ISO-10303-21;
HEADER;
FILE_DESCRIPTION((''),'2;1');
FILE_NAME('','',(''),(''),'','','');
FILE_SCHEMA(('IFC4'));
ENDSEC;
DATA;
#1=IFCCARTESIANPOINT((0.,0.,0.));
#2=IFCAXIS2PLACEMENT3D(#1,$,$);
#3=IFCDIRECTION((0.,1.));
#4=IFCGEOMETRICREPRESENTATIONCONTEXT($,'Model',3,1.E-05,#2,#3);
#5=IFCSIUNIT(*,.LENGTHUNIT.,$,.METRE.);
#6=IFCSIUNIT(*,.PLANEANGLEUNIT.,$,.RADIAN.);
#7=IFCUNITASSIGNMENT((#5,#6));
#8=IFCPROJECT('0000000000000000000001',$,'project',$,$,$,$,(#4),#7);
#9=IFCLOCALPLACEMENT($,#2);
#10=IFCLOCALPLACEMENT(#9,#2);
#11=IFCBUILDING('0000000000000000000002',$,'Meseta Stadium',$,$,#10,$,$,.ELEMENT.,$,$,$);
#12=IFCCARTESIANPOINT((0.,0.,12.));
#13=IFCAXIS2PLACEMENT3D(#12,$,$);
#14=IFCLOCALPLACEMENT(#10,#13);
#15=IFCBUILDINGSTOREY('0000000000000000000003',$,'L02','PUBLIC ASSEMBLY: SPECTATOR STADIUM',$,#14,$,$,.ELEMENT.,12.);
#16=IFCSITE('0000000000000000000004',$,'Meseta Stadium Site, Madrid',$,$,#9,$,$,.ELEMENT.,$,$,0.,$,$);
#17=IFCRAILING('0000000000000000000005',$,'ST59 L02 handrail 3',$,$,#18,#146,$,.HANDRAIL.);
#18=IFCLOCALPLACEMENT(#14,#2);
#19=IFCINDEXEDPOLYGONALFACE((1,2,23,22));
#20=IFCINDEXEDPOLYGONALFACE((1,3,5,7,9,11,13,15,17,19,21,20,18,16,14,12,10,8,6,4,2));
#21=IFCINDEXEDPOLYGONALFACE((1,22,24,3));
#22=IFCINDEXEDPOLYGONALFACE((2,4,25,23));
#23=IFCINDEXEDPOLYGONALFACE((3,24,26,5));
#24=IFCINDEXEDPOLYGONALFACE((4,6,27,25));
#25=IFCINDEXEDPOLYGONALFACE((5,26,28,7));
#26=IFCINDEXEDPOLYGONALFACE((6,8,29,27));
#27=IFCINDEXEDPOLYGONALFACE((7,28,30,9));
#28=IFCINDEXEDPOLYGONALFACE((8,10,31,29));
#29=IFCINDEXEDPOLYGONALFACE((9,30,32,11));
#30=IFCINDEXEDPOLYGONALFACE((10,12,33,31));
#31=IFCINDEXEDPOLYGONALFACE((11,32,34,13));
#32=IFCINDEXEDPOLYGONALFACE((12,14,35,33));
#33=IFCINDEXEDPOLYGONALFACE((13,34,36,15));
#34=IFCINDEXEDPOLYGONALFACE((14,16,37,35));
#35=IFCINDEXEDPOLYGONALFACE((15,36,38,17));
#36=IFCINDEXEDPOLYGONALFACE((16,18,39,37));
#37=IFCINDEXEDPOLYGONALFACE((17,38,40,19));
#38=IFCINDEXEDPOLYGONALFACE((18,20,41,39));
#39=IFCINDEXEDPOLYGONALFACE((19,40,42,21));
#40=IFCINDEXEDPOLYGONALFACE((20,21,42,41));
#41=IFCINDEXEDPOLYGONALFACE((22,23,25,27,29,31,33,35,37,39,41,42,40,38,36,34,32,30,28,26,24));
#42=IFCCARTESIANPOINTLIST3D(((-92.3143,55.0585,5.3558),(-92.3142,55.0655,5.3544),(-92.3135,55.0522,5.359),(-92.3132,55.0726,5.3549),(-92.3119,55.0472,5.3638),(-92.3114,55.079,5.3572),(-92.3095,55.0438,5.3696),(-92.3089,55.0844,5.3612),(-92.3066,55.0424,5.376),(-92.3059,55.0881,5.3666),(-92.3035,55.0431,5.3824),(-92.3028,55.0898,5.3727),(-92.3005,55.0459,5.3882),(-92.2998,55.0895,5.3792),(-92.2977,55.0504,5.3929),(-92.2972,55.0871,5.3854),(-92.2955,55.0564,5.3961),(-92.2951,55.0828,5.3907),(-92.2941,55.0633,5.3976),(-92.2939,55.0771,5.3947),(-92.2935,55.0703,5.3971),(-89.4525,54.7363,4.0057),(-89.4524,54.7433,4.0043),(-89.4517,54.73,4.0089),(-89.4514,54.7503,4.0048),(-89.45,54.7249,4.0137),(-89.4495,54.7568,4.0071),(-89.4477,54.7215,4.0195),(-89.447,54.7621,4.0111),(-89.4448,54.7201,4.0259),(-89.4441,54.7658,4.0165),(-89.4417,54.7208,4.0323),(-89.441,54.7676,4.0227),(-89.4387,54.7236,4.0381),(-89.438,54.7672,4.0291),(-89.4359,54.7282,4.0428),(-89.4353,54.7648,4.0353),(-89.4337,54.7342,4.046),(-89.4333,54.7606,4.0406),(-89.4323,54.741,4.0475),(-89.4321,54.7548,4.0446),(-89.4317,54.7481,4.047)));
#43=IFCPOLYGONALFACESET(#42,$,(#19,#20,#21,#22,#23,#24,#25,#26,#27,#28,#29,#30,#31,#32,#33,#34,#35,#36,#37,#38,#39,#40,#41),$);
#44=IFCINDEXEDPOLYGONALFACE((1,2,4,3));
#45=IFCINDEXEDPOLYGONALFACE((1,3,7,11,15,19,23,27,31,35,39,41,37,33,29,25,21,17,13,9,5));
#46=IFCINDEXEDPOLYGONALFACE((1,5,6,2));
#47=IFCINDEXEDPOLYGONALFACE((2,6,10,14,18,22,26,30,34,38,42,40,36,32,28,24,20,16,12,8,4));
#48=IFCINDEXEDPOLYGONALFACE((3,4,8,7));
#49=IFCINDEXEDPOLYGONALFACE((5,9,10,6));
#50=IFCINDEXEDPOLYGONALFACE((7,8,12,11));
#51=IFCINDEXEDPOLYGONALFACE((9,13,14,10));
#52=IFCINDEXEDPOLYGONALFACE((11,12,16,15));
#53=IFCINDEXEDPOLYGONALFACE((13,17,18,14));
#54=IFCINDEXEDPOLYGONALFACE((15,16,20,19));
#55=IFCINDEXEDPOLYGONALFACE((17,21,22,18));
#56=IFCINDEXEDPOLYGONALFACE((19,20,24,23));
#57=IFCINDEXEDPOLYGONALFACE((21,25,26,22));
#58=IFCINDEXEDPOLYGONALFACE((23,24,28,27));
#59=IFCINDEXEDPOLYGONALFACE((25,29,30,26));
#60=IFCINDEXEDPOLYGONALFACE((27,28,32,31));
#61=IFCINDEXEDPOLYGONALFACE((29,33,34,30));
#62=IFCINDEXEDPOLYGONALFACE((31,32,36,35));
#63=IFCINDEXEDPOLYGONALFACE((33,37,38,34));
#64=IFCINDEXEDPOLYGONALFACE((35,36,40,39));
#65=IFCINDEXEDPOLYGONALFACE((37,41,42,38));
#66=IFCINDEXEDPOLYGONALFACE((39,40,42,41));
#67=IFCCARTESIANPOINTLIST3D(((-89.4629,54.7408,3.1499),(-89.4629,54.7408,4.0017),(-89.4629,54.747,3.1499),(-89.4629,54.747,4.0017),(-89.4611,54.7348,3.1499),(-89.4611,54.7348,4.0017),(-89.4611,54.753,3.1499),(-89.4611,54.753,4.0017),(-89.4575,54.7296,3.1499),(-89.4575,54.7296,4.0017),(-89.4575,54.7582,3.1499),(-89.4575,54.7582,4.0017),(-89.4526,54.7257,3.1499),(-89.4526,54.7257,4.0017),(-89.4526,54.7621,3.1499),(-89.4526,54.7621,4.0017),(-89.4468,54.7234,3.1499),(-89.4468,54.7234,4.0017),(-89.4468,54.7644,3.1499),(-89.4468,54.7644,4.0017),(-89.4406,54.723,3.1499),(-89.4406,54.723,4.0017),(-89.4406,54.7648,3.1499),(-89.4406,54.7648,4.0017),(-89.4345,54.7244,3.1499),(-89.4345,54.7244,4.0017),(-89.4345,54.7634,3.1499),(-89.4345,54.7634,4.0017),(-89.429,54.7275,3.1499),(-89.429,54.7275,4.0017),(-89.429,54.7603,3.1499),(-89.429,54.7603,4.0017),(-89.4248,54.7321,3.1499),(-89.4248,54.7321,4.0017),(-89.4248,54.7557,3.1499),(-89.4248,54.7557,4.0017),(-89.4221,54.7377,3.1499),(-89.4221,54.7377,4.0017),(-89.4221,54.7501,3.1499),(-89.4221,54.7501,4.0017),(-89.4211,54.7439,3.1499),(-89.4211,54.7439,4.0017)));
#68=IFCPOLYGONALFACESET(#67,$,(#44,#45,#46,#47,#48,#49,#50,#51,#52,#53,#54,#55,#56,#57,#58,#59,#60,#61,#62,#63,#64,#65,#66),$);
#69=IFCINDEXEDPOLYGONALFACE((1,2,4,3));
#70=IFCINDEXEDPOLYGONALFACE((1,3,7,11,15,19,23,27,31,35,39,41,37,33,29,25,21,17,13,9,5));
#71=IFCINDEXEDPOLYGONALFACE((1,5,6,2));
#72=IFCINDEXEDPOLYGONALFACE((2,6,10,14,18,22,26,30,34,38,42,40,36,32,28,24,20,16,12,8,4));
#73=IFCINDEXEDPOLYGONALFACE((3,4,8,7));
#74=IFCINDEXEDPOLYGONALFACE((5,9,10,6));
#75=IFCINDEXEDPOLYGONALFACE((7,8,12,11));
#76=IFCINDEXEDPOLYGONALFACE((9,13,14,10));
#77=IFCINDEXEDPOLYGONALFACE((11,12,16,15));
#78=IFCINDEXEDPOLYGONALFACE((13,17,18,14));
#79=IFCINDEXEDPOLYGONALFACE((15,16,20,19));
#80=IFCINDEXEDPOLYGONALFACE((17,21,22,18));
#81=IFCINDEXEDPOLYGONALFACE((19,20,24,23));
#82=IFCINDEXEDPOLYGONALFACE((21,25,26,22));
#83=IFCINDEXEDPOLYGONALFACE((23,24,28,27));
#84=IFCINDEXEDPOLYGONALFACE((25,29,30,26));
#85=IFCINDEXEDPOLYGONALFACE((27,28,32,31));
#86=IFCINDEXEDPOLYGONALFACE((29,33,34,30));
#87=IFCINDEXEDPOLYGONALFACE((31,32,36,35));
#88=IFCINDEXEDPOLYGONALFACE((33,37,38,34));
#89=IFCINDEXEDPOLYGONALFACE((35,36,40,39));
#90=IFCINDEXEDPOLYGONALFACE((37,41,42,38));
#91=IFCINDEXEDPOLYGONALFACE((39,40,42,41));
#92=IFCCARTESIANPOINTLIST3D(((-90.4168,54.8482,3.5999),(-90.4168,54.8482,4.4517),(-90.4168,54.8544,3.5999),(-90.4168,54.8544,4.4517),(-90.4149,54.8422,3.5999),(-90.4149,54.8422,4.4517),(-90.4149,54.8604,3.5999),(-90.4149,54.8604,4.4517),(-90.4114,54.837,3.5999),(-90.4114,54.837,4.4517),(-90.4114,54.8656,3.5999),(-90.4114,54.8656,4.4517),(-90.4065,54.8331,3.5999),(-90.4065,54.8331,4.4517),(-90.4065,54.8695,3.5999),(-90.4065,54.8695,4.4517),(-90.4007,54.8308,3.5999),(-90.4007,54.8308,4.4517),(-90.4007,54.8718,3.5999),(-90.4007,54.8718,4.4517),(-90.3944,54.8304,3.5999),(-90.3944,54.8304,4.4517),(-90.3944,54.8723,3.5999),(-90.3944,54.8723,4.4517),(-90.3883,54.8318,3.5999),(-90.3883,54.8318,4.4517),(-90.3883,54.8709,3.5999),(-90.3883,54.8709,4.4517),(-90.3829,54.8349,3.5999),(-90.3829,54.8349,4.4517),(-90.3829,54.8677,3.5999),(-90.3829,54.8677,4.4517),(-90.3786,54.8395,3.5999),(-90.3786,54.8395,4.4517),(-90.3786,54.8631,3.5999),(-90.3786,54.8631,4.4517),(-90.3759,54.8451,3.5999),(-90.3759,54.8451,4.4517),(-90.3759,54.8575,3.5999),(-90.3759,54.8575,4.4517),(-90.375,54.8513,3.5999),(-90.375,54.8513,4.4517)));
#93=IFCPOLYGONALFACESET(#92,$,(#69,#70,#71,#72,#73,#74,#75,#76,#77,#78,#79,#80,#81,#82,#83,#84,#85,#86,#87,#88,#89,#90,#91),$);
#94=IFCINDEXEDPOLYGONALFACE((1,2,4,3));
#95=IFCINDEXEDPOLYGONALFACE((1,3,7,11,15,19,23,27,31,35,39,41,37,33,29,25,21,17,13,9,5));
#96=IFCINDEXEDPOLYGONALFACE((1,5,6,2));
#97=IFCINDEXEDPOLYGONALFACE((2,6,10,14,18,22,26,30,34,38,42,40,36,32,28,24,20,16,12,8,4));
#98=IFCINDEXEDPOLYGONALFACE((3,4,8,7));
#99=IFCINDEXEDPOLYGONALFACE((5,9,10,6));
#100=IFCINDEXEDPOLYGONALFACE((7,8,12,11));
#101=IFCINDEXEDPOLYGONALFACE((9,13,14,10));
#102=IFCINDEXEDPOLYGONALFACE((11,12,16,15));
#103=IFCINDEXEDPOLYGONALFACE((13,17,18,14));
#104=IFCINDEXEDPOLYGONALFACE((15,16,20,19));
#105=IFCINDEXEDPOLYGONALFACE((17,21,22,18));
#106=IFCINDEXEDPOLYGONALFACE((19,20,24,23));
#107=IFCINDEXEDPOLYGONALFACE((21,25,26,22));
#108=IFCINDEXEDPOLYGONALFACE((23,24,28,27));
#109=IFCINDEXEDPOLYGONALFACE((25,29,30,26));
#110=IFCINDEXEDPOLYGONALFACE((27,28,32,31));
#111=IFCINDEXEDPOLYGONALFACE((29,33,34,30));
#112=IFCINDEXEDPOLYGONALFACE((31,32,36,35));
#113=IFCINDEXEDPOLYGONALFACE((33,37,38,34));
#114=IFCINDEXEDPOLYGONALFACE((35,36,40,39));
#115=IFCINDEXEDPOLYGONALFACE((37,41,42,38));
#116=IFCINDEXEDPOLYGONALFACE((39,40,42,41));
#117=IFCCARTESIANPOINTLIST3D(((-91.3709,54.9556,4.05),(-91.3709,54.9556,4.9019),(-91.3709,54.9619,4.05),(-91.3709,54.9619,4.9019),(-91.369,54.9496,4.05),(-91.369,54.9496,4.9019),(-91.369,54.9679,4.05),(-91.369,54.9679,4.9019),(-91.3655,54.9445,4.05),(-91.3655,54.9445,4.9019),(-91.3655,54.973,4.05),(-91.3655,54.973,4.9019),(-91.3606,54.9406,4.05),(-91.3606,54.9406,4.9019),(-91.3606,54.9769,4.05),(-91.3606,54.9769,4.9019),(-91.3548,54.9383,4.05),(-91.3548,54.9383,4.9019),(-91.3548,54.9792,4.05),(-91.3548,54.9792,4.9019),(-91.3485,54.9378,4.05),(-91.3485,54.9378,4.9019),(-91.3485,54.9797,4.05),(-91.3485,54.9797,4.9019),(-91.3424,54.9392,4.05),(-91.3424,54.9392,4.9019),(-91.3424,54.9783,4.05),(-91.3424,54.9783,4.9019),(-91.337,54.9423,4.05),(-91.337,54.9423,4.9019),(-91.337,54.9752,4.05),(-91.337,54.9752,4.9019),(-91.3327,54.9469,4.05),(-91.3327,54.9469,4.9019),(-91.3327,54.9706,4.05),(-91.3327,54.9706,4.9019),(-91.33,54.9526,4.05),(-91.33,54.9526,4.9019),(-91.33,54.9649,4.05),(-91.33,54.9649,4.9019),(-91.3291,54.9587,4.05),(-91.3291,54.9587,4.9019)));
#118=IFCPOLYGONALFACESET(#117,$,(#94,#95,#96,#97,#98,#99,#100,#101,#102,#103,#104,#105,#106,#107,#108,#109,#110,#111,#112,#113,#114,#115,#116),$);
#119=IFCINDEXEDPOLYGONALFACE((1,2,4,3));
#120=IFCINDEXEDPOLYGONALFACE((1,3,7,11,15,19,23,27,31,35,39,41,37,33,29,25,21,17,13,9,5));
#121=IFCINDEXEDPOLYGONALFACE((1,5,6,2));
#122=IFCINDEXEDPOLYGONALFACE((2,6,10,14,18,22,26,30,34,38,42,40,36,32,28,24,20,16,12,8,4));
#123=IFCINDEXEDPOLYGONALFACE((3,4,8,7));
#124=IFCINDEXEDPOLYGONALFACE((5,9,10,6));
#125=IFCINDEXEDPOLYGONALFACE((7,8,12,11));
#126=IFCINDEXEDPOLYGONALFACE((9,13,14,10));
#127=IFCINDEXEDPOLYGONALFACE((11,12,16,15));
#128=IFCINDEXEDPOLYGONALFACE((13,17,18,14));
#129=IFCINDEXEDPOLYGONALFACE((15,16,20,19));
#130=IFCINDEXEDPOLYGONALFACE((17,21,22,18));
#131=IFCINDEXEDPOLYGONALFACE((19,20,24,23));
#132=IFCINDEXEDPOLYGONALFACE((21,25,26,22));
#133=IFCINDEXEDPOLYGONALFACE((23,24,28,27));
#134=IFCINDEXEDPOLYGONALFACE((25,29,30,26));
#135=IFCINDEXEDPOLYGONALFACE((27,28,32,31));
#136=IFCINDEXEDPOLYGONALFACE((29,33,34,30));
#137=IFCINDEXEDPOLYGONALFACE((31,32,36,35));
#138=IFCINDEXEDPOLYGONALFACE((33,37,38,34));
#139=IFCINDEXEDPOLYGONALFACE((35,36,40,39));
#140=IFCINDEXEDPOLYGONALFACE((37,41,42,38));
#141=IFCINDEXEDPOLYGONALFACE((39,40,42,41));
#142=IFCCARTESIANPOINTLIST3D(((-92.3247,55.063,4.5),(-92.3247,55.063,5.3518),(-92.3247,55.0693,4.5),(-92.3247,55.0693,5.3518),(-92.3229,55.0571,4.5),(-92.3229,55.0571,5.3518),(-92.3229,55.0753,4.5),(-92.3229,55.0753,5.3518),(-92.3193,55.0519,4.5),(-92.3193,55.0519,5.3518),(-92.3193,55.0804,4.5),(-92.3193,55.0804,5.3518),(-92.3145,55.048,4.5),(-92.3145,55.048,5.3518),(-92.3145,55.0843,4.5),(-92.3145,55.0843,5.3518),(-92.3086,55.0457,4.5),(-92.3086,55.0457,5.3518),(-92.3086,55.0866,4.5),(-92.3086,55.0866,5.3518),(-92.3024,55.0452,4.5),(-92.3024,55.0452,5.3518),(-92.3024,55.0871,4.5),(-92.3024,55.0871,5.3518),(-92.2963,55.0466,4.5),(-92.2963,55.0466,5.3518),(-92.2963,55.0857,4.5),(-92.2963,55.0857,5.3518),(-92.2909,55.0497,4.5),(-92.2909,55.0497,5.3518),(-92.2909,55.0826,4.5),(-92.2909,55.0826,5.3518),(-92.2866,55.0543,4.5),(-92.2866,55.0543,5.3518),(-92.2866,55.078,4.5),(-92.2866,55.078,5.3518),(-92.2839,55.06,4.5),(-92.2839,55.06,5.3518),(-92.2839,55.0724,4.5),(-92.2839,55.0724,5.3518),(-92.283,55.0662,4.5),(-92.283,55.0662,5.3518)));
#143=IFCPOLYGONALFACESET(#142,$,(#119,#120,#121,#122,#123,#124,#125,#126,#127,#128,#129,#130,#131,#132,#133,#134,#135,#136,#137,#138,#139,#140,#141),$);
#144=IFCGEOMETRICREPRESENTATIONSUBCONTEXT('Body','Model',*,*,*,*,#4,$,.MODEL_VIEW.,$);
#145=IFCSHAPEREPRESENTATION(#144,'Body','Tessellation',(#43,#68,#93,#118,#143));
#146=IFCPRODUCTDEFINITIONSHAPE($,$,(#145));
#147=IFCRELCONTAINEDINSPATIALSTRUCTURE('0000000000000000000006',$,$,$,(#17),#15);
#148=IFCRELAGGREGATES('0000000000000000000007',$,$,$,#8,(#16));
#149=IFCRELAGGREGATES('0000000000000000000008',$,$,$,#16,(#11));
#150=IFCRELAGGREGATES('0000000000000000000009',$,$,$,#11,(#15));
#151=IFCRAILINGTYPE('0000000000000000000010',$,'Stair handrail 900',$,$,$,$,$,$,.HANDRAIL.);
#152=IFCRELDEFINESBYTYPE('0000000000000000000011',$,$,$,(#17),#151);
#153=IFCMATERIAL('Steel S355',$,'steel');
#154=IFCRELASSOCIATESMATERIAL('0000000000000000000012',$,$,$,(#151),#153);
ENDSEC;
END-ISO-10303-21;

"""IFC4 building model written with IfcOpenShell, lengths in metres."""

from ifc_helpers import new_model, si_unit, direction, frame, origin, origin_2d, place, context, subcontext, project, spatial, circle, extrude, material, type_object, element, save


model = new_model("IFC4")

# Units and contexts
model_context = context("Model", 3, precision=1e-05, world=origin(), true_north=direction((0.0, 1.0)))
body_context = subcontext(model_context, "Body", "Model", "MODEL_VIEW")
ifc_project = project(units=[si_unit("LENGTHUNIT", "METRE"), si_unit("PLANEANGLEUNIT", "RADIAN")], contexts=[model_context])

# Site, building, storey
site_placement = place(None, origin())
site = spatial("IfcSite", under=ifc_project, at=site_placement, Name="Meseta Stadium Site, Madrid", CompositionType="ELEMENT", RefElevation=0.0)
building_placement = place(site_placement, origin())
building = spatial("IfcBuilding", under=site, at=building_placement, Name="Meseta Stadium", CompositionType="ELEMENT")
storey_placement = place(building_placement, frame((0.0, 0.0, 12.0)))
storey = spatial("IfcBuildingStorey", under=building, at=storey_placement, Name="L02", Description="PUBLIC ASSEMBLY: SPECTATOR STADIUM", CompositionType="ELEMENT", Elevation=12.0)

# Railing
ifc_material_1 = material(Name="Steel S355", Category="steel")
railing_type_1 = type_object("IfcRailingType", Name="Stair handrail 900", PredefinedType="HANDRAIL", material=ifc_material_1)
for number, where, name in (
    (1, (-89.4421, 54.7439, 3.1499), "ST59 L02 handrail 3"),
):
    element("IfcRailing", number, at=place(storey_placement, frame(where)), inside=storey, type_object=railing_type_1, Name=name, PredefinedType="HANDRAIL", context=body_context, shape_type="SweptSolid", body=[
        extrude(circle(Radius=0.0239, at=origin_2d()), frame((0.0, 0.0, 0.876), z_axis=(-0.899755, 0.10132, 0.424471), x_axis=(-0.111902, -0.993719, 0.0)), (0.0, 0.0, 1.0), 3.1807),
        extrude(circle(Radius=0.021, at=origin_2d()), origin(), (0.0, 0.0, 1.0), 0.8518),
        extrude(circle(Radius=0.021, at=origin_2d()), frame((-0.9539, 0.1074, 0.45)), (0.0, 0.0, 1.0), 0.8518),
        extrude(circle(Radius=0.021, at=origin_2d()), frame((-1.908, 0.2148, 0.9001)), (0.0, 0.0, 1.0), 0.8518),
        extrude(circle(Radius=0.021, at=origin_2d()), frame((-2.8618, 0.3223, 1.3501)), (0.0, 0.0, 1.0), 0.8518),
    ])

save(model, "model.ifc")
